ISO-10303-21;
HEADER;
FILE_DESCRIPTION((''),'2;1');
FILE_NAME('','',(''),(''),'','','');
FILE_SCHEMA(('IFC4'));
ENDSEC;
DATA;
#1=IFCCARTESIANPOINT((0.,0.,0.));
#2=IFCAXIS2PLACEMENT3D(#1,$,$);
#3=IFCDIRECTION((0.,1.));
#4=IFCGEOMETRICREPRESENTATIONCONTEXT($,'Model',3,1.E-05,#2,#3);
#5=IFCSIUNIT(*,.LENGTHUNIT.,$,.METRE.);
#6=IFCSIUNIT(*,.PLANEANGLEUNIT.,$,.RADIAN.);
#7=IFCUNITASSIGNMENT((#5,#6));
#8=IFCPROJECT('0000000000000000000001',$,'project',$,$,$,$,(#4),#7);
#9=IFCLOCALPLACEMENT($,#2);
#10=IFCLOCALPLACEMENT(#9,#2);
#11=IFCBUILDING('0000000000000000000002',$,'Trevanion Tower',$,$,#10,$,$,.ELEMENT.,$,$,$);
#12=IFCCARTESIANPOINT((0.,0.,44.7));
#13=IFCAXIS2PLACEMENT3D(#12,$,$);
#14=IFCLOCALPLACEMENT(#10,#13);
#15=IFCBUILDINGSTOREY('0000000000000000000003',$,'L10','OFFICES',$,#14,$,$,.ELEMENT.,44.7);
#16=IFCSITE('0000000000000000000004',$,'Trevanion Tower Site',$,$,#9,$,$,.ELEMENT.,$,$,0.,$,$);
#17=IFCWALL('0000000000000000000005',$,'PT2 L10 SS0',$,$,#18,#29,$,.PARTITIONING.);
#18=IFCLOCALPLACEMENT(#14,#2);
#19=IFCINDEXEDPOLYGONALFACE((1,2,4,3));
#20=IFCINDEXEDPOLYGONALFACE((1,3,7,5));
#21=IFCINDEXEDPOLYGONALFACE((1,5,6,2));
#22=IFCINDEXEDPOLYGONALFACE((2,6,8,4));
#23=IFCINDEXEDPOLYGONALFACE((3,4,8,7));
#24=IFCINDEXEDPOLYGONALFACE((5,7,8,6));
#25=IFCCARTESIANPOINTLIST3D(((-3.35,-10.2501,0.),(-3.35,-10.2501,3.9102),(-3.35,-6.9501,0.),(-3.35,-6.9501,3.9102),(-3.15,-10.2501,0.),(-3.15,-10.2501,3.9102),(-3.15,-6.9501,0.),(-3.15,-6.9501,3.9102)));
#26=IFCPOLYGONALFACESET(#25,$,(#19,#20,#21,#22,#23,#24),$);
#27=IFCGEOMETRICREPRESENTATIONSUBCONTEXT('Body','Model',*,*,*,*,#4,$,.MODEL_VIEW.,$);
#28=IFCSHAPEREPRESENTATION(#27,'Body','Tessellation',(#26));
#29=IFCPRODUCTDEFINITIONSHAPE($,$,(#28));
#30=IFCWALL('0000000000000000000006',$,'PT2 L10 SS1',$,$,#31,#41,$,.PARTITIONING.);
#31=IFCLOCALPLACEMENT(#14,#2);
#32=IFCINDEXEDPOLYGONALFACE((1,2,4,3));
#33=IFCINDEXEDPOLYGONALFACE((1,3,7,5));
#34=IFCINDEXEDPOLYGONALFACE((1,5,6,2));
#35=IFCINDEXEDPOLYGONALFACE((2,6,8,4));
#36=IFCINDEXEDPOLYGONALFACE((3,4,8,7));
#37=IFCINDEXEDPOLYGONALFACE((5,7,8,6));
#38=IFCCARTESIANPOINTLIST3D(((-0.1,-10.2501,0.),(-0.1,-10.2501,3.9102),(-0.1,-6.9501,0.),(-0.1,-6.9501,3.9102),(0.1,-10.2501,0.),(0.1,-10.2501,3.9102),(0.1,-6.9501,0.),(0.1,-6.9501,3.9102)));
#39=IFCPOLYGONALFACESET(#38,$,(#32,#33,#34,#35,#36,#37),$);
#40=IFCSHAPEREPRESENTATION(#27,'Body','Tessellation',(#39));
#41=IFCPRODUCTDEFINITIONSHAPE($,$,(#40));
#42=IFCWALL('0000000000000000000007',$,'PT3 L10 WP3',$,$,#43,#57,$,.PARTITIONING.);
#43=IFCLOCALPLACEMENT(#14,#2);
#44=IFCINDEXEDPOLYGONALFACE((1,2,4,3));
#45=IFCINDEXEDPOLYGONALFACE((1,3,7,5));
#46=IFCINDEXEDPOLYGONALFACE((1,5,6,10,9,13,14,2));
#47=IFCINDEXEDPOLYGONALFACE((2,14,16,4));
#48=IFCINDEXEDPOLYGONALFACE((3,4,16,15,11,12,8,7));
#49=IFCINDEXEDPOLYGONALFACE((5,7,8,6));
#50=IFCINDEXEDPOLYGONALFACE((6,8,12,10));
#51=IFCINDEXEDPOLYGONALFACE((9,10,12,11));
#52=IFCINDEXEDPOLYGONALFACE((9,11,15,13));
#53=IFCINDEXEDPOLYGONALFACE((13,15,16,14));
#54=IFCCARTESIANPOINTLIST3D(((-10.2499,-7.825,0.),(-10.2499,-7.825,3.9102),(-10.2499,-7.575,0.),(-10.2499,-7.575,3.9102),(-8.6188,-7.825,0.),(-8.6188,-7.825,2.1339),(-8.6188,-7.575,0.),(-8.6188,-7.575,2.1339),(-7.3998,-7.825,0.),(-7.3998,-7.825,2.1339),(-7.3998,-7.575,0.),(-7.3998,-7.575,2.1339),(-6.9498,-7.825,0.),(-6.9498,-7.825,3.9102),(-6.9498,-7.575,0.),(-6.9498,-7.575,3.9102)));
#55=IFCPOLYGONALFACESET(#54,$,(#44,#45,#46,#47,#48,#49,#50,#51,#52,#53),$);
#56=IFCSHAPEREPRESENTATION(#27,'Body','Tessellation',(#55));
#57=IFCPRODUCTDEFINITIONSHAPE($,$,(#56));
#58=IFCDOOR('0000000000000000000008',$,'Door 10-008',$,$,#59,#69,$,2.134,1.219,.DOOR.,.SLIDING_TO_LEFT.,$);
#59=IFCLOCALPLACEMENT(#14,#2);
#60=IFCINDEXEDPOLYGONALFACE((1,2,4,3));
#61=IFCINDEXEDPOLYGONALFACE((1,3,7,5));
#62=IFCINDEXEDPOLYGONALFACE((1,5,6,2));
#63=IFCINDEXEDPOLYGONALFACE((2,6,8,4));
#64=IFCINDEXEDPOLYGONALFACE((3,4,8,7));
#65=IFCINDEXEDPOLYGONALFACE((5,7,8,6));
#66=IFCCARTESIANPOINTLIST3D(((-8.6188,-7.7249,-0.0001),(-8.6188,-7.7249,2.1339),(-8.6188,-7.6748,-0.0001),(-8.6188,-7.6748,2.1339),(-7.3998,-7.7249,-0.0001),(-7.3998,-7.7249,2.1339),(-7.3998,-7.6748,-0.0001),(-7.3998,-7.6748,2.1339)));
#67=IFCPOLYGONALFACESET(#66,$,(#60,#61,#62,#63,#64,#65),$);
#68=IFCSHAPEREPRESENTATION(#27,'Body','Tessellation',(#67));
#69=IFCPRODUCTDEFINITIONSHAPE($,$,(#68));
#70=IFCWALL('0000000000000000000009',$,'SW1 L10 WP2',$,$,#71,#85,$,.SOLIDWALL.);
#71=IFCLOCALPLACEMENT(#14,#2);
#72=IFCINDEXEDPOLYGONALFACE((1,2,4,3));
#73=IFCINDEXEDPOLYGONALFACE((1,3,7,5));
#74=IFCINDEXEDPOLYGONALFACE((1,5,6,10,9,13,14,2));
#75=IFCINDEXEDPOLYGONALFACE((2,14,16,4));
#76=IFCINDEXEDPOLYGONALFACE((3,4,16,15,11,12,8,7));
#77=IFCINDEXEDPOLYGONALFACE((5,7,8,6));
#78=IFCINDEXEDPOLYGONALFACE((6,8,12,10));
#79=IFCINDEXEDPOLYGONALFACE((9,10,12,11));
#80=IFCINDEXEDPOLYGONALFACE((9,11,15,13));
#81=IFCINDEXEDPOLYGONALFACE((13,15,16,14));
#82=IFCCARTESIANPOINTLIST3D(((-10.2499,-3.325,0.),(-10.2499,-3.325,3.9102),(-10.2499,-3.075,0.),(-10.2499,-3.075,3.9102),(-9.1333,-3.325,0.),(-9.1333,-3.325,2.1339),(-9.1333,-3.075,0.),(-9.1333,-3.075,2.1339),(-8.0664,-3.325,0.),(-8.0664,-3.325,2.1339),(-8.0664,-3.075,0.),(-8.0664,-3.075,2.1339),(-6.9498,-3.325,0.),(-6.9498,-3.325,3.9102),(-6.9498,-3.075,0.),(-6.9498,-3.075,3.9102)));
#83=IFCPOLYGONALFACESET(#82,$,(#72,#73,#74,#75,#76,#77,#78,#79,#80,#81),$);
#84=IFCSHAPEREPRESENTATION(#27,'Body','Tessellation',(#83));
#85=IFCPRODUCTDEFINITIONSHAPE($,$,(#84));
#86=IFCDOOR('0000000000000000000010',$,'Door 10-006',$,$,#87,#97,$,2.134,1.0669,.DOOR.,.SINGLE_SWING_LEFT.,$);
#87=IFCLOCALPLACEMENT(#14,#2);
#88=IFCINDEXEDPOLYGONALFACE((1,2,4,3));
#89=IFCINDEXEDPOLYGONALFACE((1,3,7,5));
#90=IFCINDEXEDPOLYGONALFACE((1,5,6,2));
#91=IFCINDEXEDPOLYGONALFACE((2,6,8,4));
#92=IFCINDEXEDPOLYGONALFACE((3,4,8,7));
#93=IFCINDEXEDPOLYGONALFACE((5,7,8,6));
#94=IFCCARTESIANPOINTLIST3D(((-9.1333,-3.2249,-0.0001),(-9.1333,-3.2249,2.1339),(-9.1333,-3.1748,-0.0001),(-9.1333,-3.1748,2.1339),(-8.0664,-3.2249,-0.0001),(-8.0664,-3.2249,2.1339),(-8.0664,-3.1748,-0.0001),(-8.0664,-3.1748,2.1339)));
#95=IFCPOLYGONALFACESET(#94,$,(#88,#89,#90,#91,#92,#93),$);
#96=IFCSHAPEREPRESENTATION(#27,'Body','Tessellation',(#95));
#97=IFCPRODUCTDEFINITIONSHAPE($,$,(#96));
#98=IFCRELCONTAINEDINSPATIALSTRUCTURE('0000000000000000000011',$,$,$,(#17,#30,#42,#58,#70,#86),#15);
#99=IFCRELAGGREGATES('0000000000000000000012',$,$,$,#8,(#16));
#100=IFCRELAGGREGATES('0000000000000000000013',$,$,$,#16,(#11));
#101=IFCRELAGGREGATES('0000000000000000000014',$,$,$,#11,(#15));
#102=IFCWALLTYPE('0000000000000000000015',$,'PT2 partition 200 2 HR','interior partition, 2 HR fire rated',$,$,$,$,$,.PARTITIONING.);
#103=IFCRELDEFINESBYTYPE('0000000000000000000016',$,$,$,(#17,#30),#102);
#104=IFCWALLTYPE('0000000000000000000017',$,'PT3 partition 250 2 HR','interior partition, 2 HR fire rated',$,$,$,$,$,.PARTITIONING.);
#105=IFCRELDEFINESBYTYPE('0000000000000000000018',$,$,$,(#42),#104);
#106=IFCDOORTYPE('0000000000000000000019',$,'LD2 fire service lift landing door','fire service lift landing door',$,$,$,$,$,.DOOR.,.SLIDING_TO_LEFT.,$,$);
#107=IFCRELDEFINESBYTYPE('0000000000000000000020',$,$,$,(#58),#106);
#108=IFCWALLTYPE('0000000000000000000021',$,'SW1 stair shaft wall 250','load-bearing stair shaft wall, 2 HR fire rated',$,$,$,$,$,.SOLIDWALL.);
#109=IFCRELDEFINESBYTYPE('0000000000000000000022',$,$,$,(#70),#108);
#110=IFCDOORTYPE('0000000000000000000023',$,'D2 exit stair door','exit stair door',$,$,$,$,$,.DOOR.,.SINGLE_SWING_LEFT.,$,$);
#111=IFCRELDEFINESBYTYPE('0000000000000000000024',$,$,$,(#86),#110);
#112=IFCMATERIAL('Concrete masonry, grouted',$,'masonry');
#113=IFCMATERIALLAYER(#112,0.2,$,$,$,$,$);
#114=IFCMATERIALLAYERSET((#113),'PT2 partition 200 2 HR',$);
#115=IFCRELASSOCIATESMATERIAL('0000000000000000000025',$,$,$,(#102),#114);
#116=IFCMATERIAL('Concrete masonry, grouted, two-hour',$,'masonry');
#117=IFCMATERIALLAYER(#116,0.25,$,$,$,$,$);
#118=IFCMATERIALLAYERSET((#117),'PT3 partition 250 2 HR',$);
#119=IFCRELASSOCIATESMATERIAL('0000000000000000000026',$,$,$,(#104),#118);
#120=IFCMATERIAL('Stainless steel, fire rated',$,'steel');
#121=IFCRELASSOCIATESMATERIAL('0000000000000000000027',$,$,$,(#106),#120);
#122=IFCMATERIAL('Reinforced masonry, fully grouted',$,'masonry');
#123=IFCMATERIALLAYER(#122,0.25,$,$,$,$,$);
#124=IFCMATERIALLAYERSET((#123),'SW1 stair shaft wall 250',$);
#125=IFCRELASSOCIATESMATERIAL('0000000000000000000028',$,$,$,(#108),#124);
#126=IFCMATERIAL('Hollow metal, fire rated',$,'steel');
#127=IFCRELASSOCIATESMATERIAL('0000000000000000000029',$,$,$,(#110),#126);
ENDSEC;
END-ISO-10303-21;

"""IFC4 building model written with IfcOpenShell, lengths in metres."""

from ifc_helpers import new_model, si_unit, direction, frame, frame_2d, origin, place, context, subcontext, project, spatial, rectangle, extrude, material, layer, layer_set, type_object, element, fill, save


model = new_model("IFC4")

# Units and contexts
model_context = context("Model", 3, precision=1e-05, world=origin(), true_north=direction((0.0, 1.0)))
body_context = subcontext(model_context, "Body", "Model", "MODEL_VIEW")
ifc_project = project(units=[si_unit("LENGTHUNIT", "METRE"), si_unit("PLANEANGLEUNIT", "RADIAN")], contexts=[model_context])

# Site, building, storey
site_placement = place(None, origin())
site = spatial("IfcSite", under=ifc_project, at=site_placement, Name="Trevanion Tower Site", CompositionType="ELEMENT", RefElevation=0.0)
building_placement = place(site_placement, origin())
building = spatial("IfcBuilding", under=site, at=building_placement, Name="Trevanion Tower", CompositionType="ELEMENT")
storey_placement = place(building_placement, frame((0.0, 0.0, 44.7)))
storey = spatial("IfcBuildingStorey", under=building, at=storey_placement, Name="L10", Description="OFFICES", CompositionType="ELEMENT", Elevation=44.7)

# Walls
ifc_material_1 = material(Name="Concrete masonry, grouted", Category="masonry")
ifc_layer_1 = layer(ifc_material_1, 0.2)
ifc_layer_set_1 = layer_set([ifc_layer_1], Name="PT2 partition 200 2 HR")
wall_type_1 = type_object("IfcWallType", Name="PT2 partition 200 2 HR", Description="interior partition, 2 HR fire rated", PredefinedType="PARTITIONING", material=ifc_layer_set_1)
for number, where, z_axis, x_axis, name in (
    (1, (-3.25, -10.25, 0.0), (0.0, 0.0, 1.0), (0.0, 1.0, 0.0), "PT2 L10 SS0"),
    (2, (0.0, -10.25, 0.0), (0.0, 0.0, 1.0), (0.0, 1.0, 0.0), "PT2 L10 SS1"),
):
    element("IfcWall", number, at=place(storey_placement, frame(where, z_axis=z_axis, x_axis=x_axis)), inside=storey, type_object=wall_type_1, Name=name, PredefinedType="PARTITIONING", context=body_context, shape_type="SweptSolid", body=[
        extrude(rectangle(XDim=3.3, YDim=0.2, at=frame_2d((1.6499, 0.0))), origin(), (0.0, 0.0, 1.0), 3.9102),
    ])

# Walls, openings, doors
ifc_material_2 = material(Name="Concrete masonry, grouted, two-hour", Category="masonry")
ifc_layer_2 = layer(ifc_material_2, 0.25)
ifc_layer_set_2 = layer_set([ifc_layer_2], Name="PT3 partition 250 2 HR")
wall_type_2 = type_object("IfcWallType", Name="PT3 partition 250 2 HR", Description="interior partition, 2 HR fire rated", PredefinedType="PARTITIONING", material=ifc_layer_set_2)
wall_1_placement = place(storey_placement, frame((-6.95, -7.7, 0.0), z_axis=(0.0, 0.0, 1.0), x_axis=(-1.0, 0.0, 0.0)))
wall_1 = element("IfcWall", 3, at=wall_1_placement, inside=storey, type_object=wall_type_2, Name="PT3 L10 WP3", PredefinedType="PARTITIONING", context=body_context, shape_type="SweptSolid", body=[
    extrude(rectangle(XDim=3.3, YDim=0.25, at=frame_2d((1.6499, 0.0))), origin(), (0.0, 0.0, 1.0), 3.9102),
])
opening_1_placement = place(wall_1_placement, frame((0.45, 0.0, 0.0)))
opening_1 = element("IfcOpeningElement", 4, at=opening_1_placement, cuts=wall_1, PredefinedType="OPENING", context=body_context, shape_type="SweptSolid", body=[
    extrude(rectangle(XDim=1.219, YDim=2.134, at=frame_2d((0.6094, 1.0669))), frame((0.0, 0.135, 0.0), z_axis=(0.0, -1.0, 0.0), x_axis=(1.0, 0.0, 0.0)), (0.0, 0.0, 1.0), 0.27),
])
ifc_material_3 = material(Name="Stainless steel, fire rated", Category="steel")
door_type_1 = type_object("IfcDoorType", Name="LD2 fire service lift landing door", Description="fire service lift landing door", OperationType="SLIDING_TO_LEFT", PredefinedType="DOOR", material=ifc_material_3)
door_1_placement = place(opening_1_placement, origin())
door_1 = element("IfcDoor", 5, at=door_1_placement, inside=storey, type_object=door_type_1, Name="Door 10-008", OperationType="SLIDING_TO_LEFT", OverallHeight=2.134, OverallWidth=1.219, PredefinedType="DOOR", context=body_context, shape_type="SweptSolid", body=[
    extrude(rectangle(XDim=1.219, YDim=2.134, at=frame_2d((0.6094, 1.0669))), frame((0.0, 0.0249, 0.0), z_axis=(0.0, -1.0, 0.0), x_axis=(1.0, 0.0, 0.0)), (0.0, 0.0, 1.0), 0.05),
])
fill(opening_1, door_1)
ifc_material_4 = material(Name="Reinforced masonry, fully grouted", Category="masonry")
ifc_layer_3 = layer(ifc_material_4, 0.25)
ifc_layer_set_3 = layer_set([ifc_layer_3], Name="SW1 stair shaft wall 250")
wall_type_3 = type_object("IfcWallType", Name="SW1 stair shaft wall 250", Description="load-bearing stair shaft wall, 2 HR fire rated", PredefinedType="SOLIDWALL", material=ifc_layer_set_3)
wall_2_placement = place(storey_placement, frame((-6.95, -3.2, 0.0), z_axis=(0.0, 0.0, 1.0), x_axis=(-1.0, 0.0, 0.0)))
wall_2 = element("IfcWall", 6, at=wall_2_placement, inside=storey, type_object=wall_type_3, Name="SW1 L10 WP2", PredefinedType="SOLIDWALL", context=body_context, shape_type="SweptSolid", body=[
    extrude(rectangle(XDim=3.3, YDim=0.25, at=frame_2d((1.6499, 0.0))), origin(), (0.0, 0.0, 1.0), 3.9102),
])
opening_2_placement = place(wall_2_placement, frame((1.1165, 0.0, 0.0)))
opening_2 = element("IfcOpeningElement", 7, at=opening_2_placement, cuts=wall_2, PredefinedType="OPENING", context=body_context, shape_type="SweptSolid", body=[
    extrude(rectangle(XDim=1.0669, YDim=2.134, at=frame_2d((0.5334, 1.0669))), frame((0.0, 0.135, 0.0), z_axis=(0.0, -1.0, 0.0), x_axis=(1.0, 0.0, 0.0)), (0.0, 0.0, 1.0), 0.27),
])
ifc_material_5 = material(Name="Hollow metal, fire rated", Category="steel")
door_type_2 = type_object("IfcDoorType", Name="D2 exit stair door", Description="exit stair door", OperationType="SINGLE_SWING_LEFT", PredefinedType="DOOR", material=ifc_material_5)
door_2_placement = place(opening_2_placement, origin())
door_2 = element("IfcDoor", 8, at=door_2_placement, inside=storey, type_object=door_type_2, Name="Door 10-006", OperationType="SINGLE_SWING_LEFT", OverallHeight=2.134, OverallWidth=1.0669, PredefinedType="DOOR", context=body_context, shape_type="SweptSolid", body=[
    extrude(rectangle(XDim=1.0669, YDim=2.134, at=frame_2d((0.5334, 1.0669))), frame((0.0, 0.0249, 0.0), z_axis=(0.0, -1.0, 0.0), x_axis=(1.0, 0.0, 0.0)), (0.0, 0.0, 1.0), 0.05),
])
fill(opening_2, door_2)

save(model, "model.ifc")
